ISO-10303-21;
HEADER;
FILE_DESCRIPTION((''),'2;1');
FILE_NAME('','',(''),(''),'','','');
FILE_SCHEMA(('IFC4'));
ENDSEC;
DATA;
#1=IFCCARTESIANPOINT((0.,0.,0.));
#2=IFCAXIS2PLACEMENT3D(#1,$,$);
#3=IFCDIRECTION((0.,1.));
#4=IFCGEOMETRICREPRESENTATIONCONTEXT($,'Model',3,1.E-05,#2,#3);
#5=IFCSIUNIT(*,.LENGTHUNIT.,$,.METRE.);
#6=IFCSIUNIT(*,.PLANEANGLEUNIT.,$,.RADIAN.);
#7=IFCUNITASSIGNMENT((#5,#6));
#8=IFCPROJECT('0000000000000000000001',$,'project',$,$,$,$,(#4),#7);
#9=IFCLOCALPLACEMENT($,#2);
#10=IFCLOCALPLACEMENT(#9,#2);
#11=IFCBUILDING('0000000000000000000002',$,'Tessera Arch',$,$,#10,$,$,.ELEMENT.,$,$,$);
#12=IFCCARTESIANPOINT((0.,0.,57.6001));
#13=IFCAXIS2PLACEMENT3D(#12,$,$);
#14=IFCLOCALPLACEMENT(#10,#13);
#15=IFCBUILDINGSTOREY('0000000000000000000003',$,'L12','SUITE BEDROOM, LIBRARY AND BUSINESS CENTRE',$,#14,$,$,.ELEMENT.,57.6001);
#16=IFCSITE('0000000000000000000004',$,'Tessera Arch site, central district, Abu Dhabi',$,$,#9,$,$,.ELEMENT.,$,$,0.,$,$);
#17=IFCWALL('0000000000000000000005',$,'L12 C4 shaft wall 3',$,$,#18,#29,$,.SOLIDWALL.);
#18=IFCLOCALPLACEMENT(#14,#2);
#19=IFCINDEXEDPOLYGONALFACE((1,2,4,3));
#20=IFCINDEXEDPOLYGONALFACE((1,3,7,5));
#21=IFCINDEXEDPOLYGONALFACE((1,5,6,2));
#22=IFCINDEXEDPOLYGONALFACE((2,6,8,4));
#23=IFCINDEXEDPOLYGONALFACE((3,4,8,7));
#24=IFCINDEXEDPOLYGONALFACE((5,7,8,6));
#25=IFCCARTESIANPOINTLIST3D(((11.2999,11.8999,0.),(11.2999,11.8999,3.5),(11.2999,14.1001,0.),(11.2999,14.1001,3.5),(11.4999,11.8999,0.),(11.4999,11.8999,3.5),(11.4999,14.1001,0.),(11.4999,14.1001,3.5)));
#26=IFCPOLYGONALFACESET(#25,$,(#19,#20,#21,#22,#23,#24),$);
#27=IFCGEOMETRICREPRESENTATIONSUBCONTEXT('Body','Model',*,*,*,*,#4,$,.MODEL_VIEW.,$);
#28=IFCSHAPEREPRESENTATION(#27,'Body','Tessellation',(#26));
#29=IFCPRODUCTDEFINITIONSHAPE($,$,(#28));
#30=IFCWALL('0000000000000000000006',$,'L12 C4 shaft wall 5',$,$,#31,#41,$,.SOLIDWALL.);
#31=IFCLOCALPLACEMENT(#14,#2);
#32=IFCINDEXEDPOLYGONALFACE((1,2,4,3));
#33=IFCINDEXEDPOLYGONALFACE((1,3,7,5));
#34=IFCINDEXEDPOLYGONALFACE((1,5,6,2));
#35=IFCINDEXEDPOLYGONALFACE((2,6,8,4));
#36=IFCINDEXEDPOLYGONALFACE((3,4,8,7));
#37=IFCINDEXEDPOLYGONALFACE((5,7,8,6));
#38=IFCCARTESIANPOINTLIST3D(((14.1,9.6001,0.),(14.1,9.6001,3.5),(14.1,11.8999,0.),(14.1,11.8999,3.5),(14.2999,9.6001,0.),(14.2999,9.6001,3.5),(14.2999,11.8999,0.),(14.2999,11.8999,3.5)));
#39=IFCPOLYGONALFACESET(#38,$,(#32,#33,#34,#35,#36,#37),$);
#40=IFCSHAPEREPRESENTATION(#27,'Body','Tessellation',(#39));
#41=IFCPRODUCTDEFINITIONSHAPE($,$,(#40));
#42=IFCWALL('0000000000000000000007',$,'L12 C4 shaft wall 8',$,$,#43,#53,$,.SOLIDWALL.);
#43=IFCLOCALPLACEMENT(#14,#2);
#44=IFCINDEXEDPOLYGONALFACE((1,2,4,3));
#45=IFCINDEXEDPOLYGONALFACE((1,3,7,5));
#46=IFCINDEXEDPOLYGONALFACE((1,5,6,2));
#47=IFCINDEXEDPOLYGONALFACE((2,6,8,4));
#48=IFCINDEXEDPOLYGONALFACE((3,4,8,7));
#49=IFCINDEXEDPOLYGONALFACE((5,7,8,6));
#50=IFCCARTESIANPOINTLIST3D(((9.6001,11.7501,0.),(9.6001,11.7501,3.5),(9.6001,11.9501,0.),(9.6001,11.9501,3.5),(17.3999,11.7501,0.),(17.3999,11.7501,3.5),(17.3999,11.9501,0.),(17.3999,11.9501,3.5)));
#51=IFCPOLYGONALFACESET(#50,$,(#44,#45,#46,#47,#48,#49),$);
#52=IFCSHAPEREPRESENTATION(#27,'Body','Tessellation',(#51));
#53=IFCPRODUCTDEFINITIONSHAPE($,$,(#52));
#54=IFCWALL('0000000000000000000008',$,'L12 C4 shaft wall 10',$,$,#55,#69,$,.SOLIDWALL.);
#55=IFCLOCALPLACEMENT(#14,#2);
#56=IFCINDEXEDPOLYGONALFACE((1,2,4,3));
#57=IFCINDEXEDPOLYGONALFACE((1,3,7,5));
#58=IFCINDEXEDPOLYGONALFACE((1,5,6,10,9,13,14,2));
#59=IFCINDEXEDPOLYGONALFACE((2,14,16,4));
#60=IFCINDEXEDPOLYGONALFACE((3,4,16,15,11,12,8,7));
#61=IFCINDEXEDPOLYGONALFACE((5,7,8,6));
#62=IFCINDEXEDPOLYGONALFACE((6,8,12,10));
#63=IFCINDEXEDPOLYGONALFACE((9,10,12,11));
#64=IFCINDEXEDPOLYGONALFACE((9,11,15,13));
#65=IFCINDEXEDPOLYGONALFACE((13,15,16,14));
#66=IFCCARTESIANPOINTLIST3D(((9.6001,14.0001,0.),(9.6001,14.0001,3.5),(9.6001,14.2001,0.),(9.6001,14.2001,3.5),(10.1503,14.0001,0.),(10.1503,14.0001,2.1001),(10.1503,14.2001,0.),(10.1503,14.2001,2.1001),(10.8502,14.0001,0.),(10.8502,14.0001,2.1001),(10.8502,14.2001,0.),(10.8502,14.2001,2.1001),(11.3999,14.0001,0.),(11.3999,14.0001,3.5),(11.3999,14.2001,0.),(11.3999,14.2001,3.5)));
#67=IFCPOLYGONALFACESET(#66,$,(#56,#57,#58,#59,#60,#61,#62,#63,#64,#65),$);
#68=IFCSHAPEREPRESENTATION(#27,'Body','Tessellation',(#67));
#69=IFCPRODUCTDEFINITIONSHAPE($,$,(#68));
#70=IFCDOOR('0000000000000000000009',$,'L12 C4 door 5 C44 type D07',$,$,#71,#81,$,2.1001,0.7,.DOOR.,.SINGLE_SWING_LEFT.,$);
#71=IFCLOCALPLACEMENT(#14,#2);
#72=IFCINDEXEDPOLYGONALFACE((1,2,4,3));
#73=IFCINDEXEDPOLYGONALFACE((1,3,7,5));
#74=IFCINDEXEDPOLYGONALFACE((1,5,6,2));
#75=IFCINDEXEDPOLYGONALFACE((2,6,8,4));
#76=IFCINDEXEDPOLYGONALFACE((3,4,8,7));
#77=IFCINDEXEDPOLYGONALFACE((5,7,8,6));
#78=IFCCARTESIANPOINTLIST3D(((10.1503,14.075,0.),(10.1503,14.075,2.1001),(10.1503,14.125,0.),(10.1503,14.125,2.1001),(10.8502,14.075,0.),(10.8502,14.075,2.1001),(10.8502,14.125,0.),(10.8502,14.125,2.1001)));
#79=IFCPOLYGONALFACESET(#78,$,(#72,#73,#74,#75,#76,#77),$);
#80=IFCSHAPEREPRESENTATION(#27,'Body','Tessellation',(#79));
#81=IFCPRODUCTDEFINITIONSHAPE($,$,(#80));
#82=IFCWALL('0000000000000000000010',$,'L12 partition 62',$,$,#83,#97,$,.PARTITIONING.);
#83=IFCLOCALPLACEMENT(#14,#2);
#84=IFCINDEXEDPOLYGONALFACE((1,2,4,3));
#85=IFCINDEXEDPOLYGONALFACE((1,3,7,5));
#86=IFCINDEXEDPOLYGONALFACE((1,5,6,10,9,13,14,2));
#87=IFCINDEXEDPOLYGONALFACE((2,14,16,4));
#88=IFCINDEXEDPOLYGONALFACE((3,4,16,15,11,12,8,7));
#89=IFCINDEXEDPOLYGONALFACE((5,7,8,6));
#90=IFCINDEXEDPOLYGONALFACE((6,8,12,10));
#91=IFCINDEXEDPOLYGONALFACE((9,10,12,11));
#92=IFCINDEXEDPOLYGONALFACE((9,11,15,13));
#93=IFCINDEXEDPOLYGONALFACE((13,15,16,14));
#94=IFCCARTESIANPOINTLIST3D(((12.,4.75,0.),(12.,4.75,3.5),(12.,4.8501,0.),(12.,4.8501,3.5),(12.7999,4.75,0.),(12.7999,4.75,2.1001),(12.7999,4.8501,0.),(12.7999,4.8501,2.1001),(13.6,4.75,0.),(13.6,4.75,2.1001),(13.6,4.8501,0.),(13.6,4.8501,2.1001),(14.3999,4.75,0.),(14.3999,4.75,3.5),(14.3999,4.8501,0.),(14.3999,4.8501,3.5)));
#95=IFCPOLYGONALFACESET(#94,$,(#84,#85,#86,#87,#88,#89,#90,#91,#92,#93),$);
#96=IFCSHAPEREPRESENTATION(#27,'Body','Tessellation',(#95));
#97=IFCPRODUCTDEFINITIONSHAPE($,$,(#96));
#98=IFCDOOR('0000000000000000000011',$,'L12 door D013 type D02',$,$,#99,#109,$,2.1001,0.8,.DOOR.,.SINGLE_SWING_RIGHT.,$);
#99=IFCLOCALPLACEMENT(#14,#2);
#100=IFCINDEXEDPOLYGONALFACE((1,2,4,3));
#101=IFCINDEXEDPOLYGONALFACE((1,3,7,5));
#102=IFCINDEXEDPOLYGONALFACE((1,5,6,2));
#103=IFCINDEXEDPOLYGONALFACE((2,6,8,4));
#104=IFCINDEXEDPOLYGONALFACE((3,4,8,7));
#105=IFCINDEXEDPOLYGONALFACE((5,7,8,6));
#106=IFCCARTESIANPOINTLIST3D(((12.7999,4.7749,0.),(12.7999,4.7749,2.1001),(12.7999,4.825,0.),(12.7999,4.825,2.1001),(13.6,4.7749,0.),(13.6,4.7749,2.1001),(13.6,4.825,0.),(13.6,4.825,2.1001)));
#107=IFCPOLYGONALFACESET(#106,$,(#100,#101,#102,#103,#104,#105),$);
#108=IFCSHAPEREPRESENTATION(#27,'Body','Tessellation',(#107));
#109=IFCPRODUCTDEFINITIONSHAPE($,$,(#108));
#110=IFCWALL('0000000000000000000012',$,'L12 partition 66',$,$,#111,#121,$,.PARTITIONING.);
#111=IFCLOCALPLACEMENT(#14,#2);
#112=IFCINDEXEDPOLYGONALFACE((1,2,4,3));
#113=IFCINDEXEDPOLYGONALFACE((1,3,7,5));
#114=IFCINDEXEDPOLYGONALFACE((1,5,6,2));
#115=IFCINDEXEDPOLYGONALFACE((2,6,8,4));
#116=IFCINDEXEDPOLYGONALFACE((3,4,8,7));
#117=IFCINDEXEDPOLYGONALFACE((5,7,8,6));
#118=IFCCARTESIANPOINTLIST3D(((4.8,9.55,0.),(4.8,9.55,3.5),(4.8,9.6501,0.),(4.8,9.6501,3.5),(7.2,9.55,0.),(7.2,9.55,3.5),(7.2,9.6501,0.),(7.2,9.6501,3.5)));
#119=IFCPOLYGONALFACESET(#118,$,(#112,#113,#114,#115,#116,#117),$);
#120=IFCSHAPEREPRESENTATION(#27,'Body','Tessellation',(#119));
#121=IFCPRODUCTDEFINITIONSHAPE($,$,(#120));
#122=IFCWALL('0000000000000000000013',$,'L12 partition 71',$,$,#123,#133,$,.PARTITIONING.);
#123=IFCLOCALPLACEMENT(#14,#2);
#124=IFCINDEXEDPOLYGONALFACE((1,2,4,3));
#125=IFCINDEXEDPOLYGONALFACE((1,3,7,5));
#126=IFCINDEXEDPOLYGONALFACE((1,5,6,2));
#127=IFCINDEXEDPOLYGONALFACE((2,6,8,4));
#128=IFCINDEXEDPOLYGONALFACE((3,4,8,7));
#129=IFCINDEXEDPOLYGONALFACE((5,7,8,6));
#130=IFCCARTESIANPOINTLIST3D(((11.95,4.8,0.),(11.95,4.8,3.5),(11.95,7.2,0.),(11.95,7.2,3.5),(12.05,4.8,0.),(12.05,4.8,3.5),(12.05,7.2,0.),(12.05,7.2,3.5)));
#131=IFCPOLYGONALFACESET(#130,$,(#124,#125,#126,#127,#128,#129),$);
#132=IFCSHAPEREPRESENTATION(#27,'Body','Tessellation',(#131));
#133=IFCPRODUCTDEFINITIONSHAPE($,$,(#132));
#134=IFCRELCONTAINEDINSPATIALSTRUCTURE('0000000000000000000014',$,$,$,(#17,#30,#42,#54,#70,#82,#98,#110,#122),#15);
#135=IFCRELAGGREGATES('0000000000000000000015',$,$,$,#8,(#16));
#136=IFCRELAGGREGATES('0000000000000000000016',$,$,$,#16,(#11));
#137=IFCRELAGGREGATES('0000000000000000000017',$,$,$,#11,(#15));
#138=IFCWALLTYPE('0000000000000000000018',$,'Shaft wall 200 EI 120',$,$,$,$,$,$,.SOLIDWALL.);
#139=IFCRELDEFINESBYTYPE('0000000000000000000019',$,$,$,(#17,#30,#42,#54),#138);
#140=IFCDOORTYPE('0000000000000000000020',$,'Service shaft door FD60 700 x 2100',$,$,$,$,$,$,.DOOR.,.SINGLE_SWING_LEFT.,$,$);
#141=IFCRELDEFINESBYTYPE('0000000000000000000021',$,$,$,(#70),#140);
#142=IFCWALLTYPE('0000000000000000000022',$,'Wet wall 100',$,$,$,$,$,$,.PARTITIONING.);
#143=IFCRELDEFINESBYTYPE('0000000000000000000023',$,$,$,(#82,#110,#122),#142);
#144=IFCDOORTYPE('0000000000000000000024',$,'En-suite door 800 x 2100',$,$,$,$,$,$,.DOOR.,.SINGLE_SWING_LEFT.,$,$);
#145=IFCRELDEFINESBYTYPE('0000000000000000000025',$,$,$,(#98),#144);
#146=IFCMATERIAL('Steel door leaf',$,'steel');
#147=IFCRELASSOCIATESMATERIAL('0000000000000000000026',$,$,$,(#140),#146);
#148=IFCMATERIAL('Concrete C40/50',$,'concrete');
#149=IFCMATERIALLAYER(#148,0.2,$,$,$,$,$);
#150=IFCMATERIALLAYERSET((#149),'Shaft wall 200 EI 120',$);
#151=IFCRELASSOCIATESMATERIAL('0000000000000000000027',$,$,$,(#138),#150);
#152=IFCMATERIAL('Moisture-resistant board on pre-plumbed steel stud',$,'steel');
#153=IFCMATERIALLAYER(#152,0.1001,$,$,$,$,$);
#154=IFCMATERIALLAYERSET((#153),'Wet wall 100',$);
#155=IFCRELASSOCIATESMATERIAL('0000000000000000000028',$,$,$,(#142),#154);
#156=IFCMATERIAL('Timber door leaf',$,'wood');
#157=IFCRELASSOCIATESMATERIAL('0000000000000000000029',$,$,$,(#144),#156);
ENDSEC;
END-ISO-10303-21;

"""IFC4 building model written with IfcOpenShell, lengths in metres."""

from ifc_helpers import new_model, si_unit, direction, frame, frame_2d, origin, place, context, subcontext, project, spatial, rectangle, extrude, material, layer, layer_set, type_object, element, fill, save


model = new_model("IFC4")

# Units and contexts
model_context = context("Model", 3, precision=1e-05, world=origin(), true_north=direction((0.0, 1.0)))
body_context = subcontext(model_context, "Body", "Model", "MODEL_VIEW")
ifc_project = project(units=[si_unit("LENGTHUNIT", "METRE"), si_unit("PLANEANGLEUNIT", "RADIAN")], contexts=[model_context])

# Site, building, storey
site_placement = place(None, origin())
site = spatial("IfcSite", under=ifc_project, at=site_placement, Name="Tessera Arch site, central district, Abu Dhabi", CompositionType="ELEMENT", RefElevation=0.0)
building_placement = place(site_placement, origin())
building = spatial("IfcBuilding", under=site, at=building_placement, Name="Tessera Arch", CompositionType="ELEMENT")
storey_placement = place(building_placement, frame((0.0, 0.0, 57.6001)))
storey = spatial("IfcBuildingStorey", under=building, at=storey_placement, Name="L12", Description="SUITE BEDROOM, LIBRARY AND BUSINESS CENTRE", CompositionType="ELEMENT", Elevation=57.6001)

# Shared definitions
ifc_material_1 = material(Name="Steel door leaf", Category="steel")
door_type_1 = type_object("IfcDoorType", Name="Service shaft door FD60 700 x 2100", OperationType="SINGLE_SWING_LEFT", PredefinedType="DOOR", material=ifc_material_1)

# Walls
ifc_material_2 = material(Name="Concrete C40/50", Category="concrete")
ifc_layer_1 = layer(ifc_material_2, 0.2)
ifc_layer_set_1 = layer_set([ifc_layer_1], Name="Shaft wall 200 EI 120")
wall_type_1 = type_object("IfcWallType", Name="Shaft wall 200 EI 120", PredefinedType="SOLIDWALL", material=ifc_layer_set_1)
wall_1_placement = place(storey_placement, frame((11.3999, 11.8999, 0.0), z_axis=(0.0, 0.0, 1.0), x_axis=(0.0, 1.0, 0.0)))
element("IfcWall", 1, at=wall_1_placement, inside=storey, type_object=wall_type_1, Name="L12 C4 shaft wall 3", PredefinedType="SOLIDWALL", context=body_context, shape_type="SweptSolid", body=[
    extrude(rectangle(XDim=2.2002, YDim=0.2, at=frame_2d((1.1001, 0.0))), origin(), (0.0, 0.0, 1.0), 3.5),
])
wall_2_placement = place(storey_placement, frame((14.2, 9.6001, 0.0), z_axis=(0.0, 0.0, 1.0), x_axis=(0.0, 1.0, 0.0)))
element("IfcWall", 2, at=wall_2_placement, inside=storey, type_object=wall_type_1, Name="L12 C4 shaft wall 5", PredefinedType="SOLIDWALL", context=body_context, shape_type="SweptSolid", body=[
    extrude(rectangle(XDim=2.2998, YDim=0.2, at=frame_2d((1.1499, 0.0))), origin(), (0.0, 0.0, 1.0), 3.5),
])
wall_3_placement = place(storey_placement, frame((9.6001, 11.8501, 0.0), z_axis=(0.0, 0.0, 1.0), x_axis=(1.0, 0.0, 0.0)))
element("IfcWall", 3, at=wall_3_placement, inside=storey, type_object=wall_type_1, Name="L12 C4 shaft wall 8", PredefinedType="SOLIDWALL", context=body_context, shape_type="SweptSolid", body=[
    extrude(rectangle(XDim=7.7998, YDim=0.2, at=frame_2d((3.8999, 0.0))), origin(), (0.0, 0.0, 1.0), 3.5),
])

# Walls, openings, doors
wall_4_placement = place(storey_placement, frame((9.6001, 14.1001, 0.0), z_axis=(0.0, 0.0, 1.0), x_axis=(1.0, 0.0, 0.0)))
wall_4 = element("IfcWall", 4, at=wall_4_placement, inside=storey, type_object=wall_type_1, Name="L12 C4 shaft wall 10", PredefinedType="SOLIDWALL", context=body_context, shape_type="SweptSolid", body=[
    extrude(rectangle(XDim=1.7998, YDim=0.2, at=frame_2d((0.8999, 0.0))), origin(), (0.0, 0.0, 1.0), 3.5),
])
opening_1_placement = place(wall_4_placement, frame((0.55, 0.0, 0.0)))
opening_1 = element("IfcOpeningElement", 5, at=opening_1_placement, cuts=wall_4, PredefinedType="OPENING", context=body_context, shape_type="SweptSolid", body=[
    extrude(rectangle(XDim=0.7, YDim=2.1001, at=frame_2d((0.3501, 1.05))), frame((0.0, 0.1099, 0.0), z_axis=(0.0, -1.0, 0.0), x_axis=(1.0, 0.0, 0.0)), (0.0, 0.0, 1.0), 0.22),
])
door_1_placement = place(opening_1_placement, origin())
door_1 = element("IfcDoor", 6, at=door_1_placement, inside=storey, type_object=door_type_1, Name="L12 C4 door 5 C44 type D07", OperationType="SINGLE_SWING_LEFT", OverallHeight=2.1001, OverallWidth=0.7, PredefinedType="DOOR", context=body_context, shape_type="SweptSolid", body=[
    extrude(rectangle(XDim=0.7, YDim=2.1001, at=frame_2d((0.3501, 1.05))), frame((0.0, 0.0249, 0.0), z_axis=(0.0, -1.0, 0.0), x_axis=(1.0, 0.0, 0.0)), (0.0, 0.0, 1.0), 0.05),
])
fill(opening_1, door_1)
ifc_material_3 = material(Name="Moisture-resistant board on pre-plumbed steel stud", Category="steel")
ifc_layer_2 = layer(ifc_material_3, 0.1001)
ifc_layer_set_2 = layer_set([ifc_layer_2], Name="Wet wall 100")
wall_type_2 = type_object("IfcWallType", Name="Wet wall 100", PredefinedType="PARTITIONING", material=ifc_layer_set_2)
wall_5_placement = place(storey_placement, frame((12.0, 4.8, 0.0), z_axis=(0.0, 0.0, 1.0), x_axis=(1.0, 0.0, 0.0)))
wall_5 = element("IfcWall", 7, at=wall_5_placement, inside=storey, type_object=wall_type_2, Name="L12 partition 62", PredefinedType="PARTITIONING", context=body_context, shape_type="SweptSolid", body=[
    extrude(rectangle(XDim=2.3999, YDim=0.1001, at=frame_2d((1.2, 0.0))), origin(), (0.0, 0.0, 1.0), 3.5),
])
opening_2_placement = place(wall_5_placement, frame((0.8, 0.0, 0.0)))
opening_2 = element("IfcOpeningElement", 8, at=opening_2_placement, cuts=wall_5, PredefinedType="OPENING", context=body_context, shape_type="SweptSolid", body=[
    extrude(rectangle(XDim=0.8, YDim=2.1001, at=frame_2d((0.3999, 1.05))), frame((0.0, 0.0601, 0.0), z_axis=(0.0, -1.0, 0.0), x_axis=(1.0, 0.0, 0.0)), (0.0, 0.0, 1.0), 0.1201),
])
ifc_material_4 = material(Name="Timber door leaf", Category="wood")
door_type_2 = type_object("IfcDoorType", Name="En-suite door 800 x 2100", OperationType="SINGLE_SWING_LEFT", PredefinedType="DOOR", material=ifc_material_4)
door_2_placement = place(opening_2_placement, origin())
door_2 = element("IfcDoor", 9, at=door_2_placement, inside=storey, type_object=door_type_2, Name="L12 door D013 type D02", OperationType="SINGLE_SWING_RIGHT", OverallHeight=2.1001, OverallWidth=0.8, PredefinedType="DOOR", context=body_context, shape_type="SweptSolid", body=[
    extrude(rectangle(XDim=0.8, YDim=2.1001, at=frame_2d((0.3999, 1.05))), frame((0.0, 0.0249, 0.0), z_axis=(0.0, -1.0, 0.0), x_axis=(1.0, 0.0, 0.0)), (0.0, 0.0, 1.0), 0.05),
])
fill(opening_2, door_2)

# Walls
for number, where, z_axis, x_axis, name in (
    (10, (4.8, 9.6001, 0.0), (0.0, 0.0, 1.0), (1.0, 0.0, 0.0), "L12 partition 66"),
    (11, (12.0, 4.8, 0.0), (0.0, 0.0, 1.0), (0.0, 1.0, 0.0), "L12 partition 71"),
):
    element("IfcWall", number, at=place(storey_placement, frame(where, z_axis=z_axis, x_axis=x_axis)), inside=storey, type_object=wall_type_2, Name=name, PredefinedType="PARTITIONING", context=body_context, shape_type="SweptSolid", body=[
        extrude(rectangle(XDim=2.3999, YDim=0.1001, at=frame_2d((1.2, 0.0))), origin(), (0.0, 0.0, 1.0), 3.5),
    ])

save(model, "model.ifc")
